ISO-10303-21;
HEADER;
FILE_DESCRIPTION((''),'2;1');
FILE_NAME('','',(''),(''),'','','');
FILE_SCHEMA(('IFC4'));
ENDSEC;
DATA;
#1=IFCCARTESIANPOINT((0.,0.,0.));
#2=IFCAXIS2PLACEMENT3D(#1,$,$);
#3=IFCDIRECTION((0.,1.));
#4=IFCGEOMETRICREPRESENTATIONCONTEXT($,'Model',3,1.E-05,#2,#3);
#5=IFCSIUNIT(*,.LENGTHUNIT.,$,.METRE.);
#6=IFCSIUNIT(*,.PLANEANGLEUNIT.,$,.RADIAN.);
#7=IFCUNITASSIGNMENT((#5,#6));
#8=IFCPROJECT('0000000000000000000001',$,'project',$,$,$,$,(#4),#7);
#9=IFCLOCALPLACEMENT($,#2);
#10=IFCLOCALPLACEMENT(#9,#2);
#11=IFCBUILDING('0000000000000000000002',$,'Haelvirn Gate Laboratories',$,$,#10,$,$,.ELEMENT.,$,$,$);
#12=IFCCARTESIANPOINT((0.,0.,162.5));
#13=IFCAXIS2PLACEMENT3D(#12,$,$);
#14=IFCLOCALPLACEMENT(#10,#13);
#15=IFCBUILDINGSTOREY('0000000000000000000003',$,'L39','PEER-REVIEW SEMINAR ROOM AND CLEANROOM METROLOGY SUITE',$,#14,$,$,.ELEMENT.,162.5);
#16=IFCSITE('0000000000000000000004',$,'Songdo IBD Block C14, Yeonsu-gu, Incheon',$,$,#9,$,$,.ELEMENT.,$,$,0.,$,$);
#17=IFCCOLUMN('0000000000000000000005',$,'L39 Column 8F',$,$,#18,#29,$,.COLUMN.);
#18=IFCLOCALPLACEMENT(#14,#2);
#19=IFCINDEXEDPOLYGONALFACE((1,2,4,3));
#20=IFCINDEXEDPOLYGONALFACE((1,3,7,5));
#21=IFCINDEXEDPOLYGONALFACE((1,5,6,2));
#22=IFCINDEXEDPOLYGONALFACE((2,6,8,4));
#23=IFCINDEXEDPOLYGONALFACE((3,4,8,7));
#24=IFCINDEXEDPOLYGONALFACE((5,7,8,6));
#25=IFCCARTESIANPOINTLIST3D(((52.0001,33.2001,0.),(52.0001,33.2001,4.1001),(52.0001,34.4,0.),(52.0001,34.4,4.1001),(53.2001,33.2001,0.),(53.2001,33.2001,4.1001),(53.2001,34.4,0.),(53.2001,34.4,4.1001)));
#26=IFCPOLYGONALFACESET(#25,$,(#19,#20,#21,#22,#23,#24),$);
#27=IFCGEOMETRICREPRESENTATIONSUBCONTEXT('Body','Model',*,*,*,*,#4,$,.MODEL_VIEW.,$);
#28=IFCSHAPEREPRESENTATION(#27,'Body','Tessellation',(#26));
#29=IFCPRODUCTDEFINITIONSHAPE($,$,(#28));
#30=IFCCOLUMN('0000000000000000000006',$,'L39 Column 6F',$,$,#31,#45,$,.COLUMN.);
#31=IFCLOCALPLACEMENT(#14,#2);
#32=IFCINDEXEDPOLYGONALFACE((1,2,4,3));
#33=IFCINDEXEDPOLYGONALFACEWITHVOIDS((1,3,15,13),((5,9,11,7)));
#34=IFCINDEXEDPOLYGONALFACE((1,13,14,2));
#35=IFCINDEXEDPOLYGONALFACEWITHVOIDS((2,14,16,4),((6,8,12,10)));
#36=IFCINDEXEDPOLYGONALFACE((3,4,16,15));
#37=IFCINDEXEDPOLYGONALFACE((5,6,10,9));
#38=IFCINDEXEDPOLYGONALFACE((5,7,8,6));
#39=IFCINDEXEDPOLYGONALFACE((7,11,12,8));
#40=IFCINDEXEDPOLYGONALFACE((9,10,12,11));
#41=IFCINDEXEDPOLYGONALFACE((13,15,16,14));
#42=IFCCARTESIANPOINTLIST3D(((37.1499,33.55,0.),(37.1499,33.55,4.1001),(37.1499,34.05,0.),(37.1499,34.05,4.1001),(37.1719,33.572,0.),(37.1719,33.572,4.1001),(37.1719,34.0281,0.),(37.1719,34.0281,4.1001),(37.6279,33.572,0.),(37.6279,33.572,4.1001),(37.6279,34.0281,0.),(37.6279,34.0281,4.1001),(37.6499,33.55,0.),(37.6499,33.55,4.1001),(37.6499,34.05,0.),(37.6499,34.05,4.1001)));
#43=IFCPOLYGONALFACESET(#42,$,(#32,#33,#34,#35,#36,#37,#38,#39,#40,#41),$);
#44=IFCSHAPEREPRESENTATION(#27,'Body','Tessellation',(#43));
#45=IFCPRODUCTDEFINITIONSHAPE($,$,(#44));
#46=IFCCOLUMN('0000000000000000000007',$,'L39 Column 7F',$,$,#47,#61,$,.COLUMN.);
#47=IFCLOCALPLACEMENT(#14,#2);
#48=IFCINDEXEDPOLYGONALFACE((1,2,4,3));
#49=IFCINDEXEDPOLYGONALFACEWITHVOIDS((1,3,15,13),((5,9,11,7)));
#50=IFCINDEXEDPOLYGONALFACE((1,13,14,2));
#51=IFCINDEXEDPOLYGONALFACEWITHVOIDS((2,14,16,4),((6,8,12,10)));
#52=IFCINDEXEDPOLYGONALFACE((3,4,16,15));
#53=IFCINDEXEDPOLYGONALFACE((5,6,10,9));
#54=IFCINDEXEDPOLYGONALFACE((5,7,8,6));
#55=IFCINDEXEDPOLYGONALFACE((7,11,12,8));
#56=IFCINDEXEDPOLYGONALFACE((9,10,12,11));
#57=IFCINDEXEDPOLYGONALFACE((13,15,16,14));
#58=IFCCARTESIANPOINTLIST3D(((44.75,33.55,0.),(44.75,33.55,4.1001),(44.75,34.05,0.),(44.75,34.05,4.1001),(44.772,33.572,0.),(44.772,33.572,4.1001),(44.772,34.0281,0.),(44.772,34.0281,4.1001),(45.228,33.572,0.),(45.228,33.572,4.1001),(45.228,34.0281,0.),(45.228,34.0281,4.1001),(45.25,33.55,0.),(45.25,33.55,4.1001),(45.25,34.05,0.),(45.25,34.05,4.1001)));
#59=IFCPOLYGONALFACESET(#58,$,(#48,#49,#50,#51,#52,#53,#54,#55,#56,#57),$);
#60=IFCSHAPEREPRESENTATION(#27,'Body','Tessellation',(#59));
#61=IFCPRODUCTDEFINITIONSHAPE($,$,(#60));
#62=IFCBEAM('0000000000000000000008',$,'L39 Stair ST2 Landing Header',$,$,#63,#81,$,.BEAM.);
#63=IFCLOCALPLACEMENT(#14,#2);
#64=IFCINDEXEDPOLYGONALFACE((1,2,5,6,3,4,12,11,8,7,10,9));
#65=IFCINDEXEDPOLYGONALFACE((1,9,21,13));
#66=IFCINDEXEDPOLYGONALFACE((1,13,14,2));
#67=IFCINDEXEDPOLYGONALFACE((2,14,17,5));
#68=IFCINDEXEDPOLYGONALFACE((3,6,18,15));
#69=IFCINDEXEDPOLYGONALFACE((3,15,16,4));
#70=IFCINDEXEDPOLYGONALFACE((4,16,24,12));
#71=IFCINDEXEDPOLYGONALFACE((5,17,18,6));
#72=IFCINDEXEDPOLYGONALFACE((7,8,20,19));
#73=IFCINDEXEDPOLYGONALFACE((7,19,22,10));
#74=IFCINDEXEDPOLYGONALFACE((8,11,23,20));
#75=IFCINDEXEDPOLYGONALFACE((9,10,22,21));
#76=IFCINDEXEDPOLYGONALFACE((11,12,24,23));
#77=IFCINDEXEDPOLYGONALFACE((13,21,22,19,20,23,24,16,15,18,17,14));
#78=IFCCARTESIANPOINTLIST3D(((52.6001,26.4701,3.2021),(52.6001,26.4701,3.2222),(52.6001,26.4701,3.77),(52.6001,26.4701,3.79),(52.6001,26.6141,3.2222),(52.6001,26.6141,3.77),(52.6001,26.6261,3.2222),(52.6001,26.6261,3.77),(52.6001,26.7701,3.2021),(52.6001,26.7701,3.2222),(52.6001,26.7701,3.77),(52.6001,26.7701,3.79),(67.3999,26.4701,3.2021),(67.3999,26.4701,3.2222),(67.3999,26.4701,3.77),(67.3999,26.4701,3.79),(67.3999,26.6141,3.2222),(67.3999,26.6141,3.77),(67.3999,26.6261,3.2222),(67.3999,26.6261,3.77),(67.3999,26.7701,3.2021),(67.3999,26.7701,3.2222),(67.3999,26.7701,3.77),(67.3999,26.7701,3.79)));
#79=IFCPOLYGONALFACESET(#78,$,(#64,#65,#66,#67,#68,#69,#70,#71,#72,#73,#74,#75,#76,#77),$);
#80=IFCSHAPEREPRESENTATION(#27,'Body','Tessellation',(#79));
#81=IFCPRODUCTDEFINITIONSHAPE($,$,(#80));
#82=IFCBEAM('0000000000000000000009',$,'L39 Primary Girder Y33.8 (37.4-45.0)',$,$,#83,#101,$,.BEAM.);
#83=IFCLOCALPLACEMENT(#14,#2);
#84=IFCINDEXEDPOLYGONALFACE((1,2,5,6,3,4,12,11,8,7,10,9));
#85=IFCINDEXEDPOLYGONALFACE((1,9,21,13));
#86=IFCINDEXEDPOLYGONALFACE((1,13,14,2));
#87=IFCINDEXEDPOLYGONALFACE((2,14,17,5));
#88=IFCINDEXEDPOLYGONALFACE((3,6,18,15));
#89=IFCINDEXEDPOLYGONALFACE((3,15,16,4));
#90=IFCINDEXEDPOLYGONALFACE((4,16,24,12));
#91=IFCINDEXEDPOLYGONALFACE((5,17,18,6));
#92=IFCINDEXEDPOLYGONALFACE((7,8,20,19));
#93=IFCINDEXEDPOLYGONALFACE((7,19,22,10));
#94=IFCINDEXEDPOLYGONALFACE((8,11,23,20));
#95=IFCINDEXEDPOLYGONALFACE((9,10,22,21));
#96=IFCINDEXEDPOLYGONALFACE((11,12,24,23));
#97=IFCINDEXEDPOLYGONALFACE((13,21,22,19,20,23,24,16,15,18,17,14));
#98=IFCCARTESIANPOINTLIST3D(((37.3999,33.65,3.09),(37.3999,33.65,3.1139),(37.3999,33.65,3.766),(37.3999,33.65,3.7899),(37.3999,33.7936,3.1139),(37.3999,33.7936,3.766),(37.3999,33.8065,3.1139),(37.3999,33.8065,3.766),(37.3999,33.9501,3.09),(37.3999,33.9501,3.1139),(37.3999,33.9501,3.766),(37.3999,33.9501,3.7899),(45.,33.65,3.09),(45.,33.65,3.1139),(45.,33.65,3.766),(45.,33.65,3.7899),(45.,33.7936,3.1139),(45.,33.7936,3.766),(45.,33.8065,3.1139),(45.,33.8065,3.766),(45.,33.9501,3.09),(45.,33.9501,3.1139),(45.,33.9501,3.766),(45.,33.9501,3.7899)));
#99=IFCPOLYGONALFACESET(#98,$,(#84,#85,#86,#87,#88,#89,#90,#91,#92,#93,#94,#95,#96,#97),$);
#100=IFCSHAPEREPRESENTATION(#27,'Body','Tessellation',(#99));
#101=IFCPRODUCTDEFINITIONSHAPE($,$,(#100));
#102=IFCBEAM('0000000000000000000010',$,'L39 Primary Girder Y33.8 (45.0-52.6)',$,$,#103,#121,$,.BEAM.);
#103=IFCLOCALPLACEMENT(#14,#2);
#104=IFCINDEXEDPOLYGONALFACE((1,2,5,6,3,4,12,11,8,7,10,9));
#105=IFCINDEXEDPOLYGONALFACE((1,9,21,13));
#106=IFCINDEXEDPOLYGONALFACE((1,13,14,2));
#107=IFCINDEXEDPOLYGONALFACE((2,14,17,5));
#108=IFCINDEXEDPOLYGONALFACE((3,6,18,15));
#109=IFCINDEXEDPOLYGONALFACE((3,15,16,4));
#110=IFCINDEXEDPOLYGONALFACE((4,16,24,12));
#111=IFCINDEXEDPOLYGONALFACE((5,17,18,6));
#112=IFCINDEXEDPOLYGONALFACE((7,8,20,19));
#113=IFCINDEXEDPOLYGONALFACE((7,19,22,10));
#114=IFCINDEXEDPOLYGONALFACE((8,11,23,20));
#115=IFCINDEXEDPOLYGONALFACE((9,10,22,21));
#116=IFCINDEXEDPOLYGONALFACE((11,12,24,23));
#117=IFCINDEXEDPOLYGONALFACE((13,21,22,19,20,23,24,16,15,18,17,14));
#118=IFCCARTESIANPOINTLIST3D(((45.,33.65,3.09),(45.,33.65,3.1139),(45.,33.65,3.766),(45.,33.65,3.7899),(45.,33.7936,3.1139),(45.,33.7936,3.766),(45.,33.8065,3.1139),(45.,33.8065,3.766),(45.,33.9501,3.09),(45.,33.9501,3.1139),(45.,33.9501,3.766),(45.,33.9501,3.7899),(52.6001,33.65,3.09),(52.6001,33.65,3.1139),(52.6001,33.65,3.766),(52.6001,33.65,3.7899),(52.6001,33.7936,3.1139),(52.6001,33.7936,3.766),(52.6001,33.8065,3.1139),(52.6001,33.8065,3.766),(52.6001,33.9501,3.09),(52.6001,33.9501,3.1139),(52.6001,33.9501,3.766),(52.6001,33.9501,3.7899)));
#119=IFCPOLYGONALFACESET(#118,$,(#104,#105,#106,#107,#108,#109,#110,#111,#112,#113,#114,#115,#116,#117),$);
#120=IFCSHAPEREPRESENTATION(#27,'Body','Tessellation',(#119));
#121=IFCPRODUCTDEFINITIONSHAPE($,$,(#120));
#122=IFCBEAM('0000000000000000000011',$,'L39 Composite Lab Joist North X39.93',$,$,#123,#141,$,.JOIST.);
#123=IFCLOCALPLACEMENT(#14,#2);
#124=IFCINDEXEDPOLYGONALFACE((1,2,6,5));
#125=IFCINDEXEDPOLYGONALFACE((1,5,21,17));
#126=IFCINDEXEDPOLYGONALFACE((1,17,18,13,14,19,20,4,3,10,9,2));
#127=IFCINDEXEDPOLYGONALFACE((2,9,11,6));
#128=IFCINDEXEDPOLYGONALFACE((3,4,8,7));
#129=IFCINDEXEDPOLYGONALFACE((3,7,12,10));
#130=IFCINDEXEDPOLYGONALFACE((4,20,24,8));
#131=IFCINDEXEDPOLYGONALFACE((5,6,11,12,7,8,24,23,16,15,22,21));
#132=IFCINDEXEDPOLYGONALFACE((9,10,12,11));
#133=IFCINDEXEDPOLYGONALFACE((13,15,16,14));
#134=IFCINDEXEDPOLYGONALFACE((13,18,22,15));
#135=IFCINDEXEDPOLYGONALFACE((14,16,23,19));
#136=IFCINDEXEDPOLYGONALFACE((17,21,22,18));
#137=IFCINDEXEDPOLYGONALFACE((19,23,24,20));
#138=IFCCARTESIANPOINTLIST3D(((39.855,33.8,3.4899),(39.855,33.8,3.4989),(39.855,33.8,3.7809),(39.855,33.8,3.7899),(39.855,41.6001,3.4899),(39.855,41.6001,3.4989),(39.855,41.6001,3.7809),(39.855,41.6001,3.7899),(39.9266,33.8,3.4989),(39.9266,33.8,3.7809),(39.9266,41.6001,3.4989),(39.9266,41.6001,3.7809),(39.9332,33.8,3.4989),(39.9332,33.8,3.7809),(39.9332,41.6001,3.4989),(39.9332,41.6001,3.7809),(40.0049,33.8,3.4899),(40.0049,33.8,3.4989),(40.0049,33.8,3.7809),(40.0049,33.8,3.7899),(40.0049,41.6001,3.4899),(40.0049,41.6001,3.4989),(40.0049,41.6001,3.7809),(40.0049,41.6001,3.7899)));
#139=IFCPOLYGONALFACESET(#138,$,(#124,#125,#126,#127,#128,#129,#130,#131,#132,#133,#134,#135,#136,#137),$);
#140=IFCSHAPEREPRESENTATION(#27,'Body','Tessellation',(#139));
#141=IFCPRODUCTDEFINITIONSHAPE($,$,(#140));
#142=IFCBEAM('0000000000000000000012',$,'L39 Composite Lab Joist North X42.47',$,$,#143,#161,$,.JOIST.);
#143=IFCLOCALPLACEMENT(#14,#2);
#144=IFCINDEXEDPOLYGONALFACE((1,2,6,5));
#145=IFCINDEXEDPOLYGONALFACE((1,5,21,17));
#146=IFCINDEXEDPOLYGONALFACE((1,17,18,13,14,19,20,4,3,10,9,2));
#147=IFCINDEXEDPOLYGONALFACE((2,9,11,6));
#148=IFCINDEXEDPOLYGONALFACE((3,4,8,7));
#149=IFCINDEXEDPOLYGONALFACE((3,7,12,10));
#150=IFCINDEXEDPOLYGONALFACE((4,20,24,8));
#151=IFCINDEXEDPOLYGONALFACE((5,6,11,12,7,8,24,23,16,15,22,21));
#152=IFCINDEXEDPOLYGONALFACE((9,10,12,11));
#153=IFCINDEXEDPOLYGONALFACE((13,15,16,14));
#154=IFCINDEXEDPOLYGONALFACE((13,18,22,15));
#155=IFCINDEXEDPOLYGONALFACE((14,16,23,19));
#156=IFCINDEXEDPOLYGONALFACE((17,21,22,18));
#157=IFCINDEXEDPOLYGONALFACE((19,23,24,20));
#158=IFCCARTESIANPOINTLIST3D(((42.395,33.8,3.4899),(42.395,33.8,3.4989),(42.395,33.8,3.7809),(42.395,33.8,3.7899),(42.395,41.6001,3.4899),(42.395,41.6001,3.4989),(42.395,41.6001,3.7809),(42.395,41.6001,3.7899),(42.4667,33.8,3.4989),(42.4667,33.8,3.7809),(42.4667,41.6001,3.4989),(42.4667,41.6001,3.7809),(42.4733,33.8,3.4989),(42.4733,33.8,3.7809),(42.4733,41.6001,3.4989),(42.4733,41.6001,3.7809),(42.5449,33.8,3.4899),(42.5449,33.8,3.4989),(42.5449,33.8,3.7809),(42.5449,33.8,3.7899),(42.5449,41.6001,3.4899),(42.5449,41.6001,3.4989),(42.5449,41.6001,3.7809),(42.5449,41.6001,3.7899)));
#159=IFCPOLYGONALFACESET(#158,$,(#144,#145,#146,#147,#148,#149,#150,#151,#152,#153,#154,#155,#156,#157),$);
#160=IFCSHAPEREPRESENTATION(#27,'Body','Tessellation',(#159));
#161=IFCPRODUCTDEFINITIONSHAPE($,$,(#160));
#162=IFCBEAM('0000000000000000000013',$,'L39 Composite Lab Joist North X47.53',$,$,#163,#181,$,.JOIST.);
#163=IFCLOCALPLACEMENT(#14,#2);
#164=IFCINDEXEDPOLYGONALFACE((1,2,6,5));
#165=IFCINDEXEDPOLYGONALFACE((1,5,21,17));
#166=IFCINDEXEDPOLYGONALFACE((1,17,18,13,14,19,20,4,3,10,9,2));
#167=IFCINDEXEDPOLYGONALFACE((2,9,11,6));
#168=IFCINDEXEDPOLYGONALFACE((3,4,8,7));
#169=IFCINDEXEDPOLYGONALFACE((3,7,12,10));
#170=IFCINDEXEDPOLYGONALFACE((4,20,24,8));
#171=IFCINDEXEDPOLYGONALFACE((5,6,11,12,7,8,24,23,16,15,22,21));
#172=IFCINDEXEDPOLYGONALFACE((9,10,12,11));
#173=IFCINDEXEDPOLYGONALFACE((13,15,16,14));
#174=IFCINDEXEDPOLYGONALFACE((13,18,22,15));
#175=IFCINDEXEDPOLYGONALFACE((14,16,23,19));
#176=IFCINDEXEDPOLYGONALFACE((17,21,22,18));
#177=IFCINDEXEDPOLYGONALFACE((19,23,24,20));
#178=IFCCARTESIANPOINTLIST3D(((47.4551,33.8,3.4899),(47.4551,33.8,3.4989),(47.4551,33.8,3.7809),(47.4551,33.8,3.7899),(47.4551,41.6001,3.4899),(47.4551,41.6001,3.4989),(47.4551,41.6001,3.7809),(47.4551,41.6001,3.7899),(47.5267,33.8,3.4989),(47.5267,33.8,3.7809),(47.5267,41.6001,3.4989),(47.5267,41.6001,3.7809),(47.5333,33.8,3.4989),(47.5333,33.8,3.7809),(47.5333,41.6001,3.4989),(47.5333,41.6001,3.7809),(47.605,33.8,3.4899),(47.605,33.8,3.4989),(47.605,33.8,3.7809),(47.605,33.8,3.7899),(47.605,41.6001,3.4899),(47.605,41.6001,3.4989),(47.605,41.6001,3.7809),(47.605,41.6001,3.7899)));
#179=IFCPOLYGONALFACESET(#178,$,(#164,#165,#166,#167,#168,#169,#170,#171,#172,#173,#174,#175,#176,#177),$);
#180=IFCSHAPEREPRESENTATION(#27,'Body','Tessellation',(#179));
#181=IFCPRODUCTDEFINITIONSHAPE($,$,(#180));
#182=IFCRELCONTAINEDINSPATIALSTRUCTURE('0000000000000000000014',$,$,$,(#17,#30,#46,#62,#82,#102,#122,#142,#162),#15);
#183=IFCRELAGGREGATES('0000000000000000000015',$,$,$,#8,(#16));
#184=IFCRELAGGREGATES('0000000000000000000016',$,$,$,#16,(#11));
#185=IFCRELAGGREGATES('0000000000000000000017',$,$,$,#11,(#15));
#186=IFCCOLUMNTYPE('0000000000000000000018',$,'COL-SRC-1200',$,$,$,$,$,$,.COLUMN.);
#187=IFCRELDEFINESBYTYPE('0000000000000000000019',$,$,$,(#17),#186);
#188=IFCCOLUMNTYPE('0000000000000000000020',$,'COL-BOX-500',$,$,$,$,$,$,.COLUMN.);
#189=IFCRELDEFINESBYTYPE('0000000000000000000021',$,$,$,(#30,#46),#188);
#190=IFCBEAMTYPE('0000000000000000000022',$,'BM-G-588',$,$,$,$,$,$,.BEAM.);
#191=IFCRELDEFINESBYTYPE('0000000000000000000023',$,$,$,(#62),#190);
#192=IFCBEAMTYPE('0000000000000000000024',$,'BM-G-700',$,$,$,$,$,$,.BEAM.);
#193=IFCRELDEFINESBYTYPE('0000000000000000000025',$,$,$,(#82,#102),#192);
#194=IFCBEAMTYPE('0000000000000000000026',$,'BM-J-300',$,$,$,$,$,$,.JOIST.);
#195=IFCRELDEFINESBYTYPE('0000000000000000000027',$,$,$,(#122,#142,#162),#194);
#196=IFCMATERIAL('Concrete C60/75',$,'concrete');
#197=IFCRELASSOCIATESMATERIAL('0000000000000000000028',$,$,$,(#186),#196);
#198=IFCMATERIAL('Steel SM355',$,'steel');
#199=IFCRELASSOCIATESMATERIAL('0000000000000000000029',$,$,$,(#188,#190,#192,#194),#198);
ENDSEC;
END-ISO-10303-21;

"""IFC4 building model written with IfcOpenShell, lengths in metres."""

from ifc_helpers import new_model, si_unit, direction, frame, origin, origin_2d, place, context, subcontext, project, spatial, rectangle, hollow_rectangle, i_section, extrude, source, transform, mapped, material, material_profile, profile_set, type_object, type_shapes, element, save


model = new_model("IFC4")

# Units and contexts
model_context = context("Model", 3, precision=1e-05, world=origin(), true_north=direction((0.0, 1.0)))
body_context = subcontext(model_context, "Body", "Model", "MODEL_VIEW")
ifc_project = project(units=[si_unit("LENGTHUNIT", "METRE"), si_unit("PLANEANGLEUNIT", "RADIAN")], contexts=[model_context])

# Site, building, storey
site_placement = place(None, origin())
site = spatial("IfcSite", under=ifc_project, at=site_placement, Name="Songdo IBD Block C14, Yeonsu-gu, Incheon", CompositionType="ELEMENT", RefElevation=0.0)
building_placement = place(site_placement, origin())
building = spatial("IfcBuilding", under=site, at=building_placement, Name="Haelvirn Gate Laboratories", CompositionType="ELEMENT")
storey_placement = place(building_placement, frame((0.0, 0.0, 162.5)))
storey = spatial("IfcBuildingStorey", under=building, at=storey_placement, Name="L39", Description="PEER-REVIEW SEMINAR ROOM AND CLEANROOM METROLOGY SUITE", CompositionType="ELEMENT", Elevation=162.5)

# Columns
ifc_material_1 = material(Name="Concrete C60/75", Category="concrete")
ifc_material_profile_1 = material_profile(ifc_material_1, rectangle(XDim=1.2, YDim=1.2, at=origin_2d()), Name="SRC-1200x1200")
ifc_profile_set_1 = profile_set([ifc_material_profile_1], Name="Concrete C60/75")
column_type_1 = type_object("IfcColumnType", Name="COL-SRC-1200", PredefinedType="COLUMN", material=ifc_profile_set_1)
shared_shape_1 = source(origin(), body_context, "Body", "SweptSolid", [
    extrude(rectangle(XDim=1.2, YDim=1.2, at=origin_2d()), origin(), (0.0, 0.0, 1.0), 4.1001),
])
type_shapes(column_type_1, [shared_shape_1])
column_placement = place(storey_placement, frame((52.6001, 33.8, 0.0), z_axis=(0.0, 0.0, 1.0), x_axis=(1.0, 0.0, 0.0)))
element("IfcColumn", 1, at=column_placement, inside=storey, type_object=column_type_1, Name="L39 Column 8F", PredefinedType="COLUMN", context=body_context, shape_type="MappedRepresentation", body=[
    mapped(shared_shape_1, transform((0.0, 0.0, 0.0), scale=1.0)),
])
ifc_material_2 = material(Name="Steel SM355", Category="steel")
ifc_material_profile_2 = material_profile(ifc_material_2, hollow_rectangle(XDim=0.5, YDim=0.5, WallThickness=0.022, at=origin_2d()), Name="BOX-500x500x22")
ifc_profile_set_2 = profile_set([ifc_material_profile_2], Name="Steel SM355")
column_type_2 = type_object("IfcColumnType", Name="COL-BOX-500", PredefinedType="COLUMN", material=ifc_profile_set_2)
shared_shape_2 = source(origin(), body_context, "Body", "SweptSolid", [
    extrude(hollow_rectangle(XDim=0.5, YDim=0.5, WallThickness=0.022, at=origin_2d()), origin(), (0.0, 0.0, 1.0), 4.1001),
])
type_shapes(column_type_2, [shared_shape_2])
for number, where, z_axis, x_axis, name in (
    (2, (37.3999, 33.8, 0.0), (0.0, 0.0, 1.0), (1.0, 0.0, 0.0), "L39 Column 6F"),
    (3, (45.0, 33.8, 0.0), (0.0, 0.0, 1.0), (1.0, 0.0, 0.0), "L39 Column 7F"),
):
    element("IfcColumn", number, at=place(storey_placement, frame(where, z_axis=z_axis, x_axis=x_axis)), inside=storey, type_object=column_type_2, Name=name, PredefinedType="COLUMN", context=body_context, shape_type="MappedRepresentation", body=[
        mapped(shared_shape_2, transform((0.0, 0.0, 0.0), scale=1.0)),
    ])

# Beams
ifc_material_profile_3 = material_profile(ifc_material_2, i_section(OverallWidth=0.3, OverallDepth=0.5879, WebThickness=0.012, FlangeThickness=0.02, at=origin_2d()), Name="H-588x300x12x20")
ifc_profile_set_3 = profile_set([ifc_material_profile_3], Name="Steel SM355")
beam_type_1 = type_object("IfcBeamType", Name="BM-G-588", PredefinedType="BEAM", material=ifc_profile_set_3)
shared_shape_3 = source(origin(), body_context, "Body", "SweptSolid", [
    extrude(i_section(OverallWidth=0.3, OverallDepth=0.5879, WebThickness=0.012, FlangeThickness=0.02, at=origin_2d()), origin(), (0.0, 0.0, 1.0), 14.7998),
])
beam_1_placement = place(storey_placement, frame((52.6001, 26.6201, 3.4961), z_axis=(1.0, 0.0, 0.0), x_axis=(0.0, 1.0, 0.0)))
element("IfcBeam", 4, at=beam_1_placement, inside=storey, type_object=beam_type_1, Name="L39 Stair ST2 Landing Header", PredefinedType="BEAM", context=body_context, shape_type="MappedRepresentation", body=[
    mapped(shared_shape_3, transform((0.0, 0.0, 0.0), scale=1.0)),
])
ifc_material_profile_4 = material_profile(ifc_material_2, i_section(OverallWidth=0.3, OverallDepth=0.7, WebThickness=0.0129, FlangeThickness=0.0239, at=origin_2d()), Name="H-700x300x13x24")
ifc_profile_set_4 = profile_set([ifc_material_profile_4], Name="Steel SM355")
beam_type_2 = type_object("IfcBeamType", Name="BM-G-700", PredefinedType="BEAM", material=ifc_profile_set_4)
shared_shape_4 = source(origin(), body_context, "Body", "SweptSolid", [
    extrude(i_section(OverallWidth=0.3, OverallDepth=0.7, WebThickness=0.0129, FlangeThickness=0.0239, at=origin_2d()), origin(), (0.0, 0.0, 1.0), 7.6001),
])
type_shapes(beam_type_2, [shared_shape_4])
for number, where, z_axis, x_axis, name in (
    (5, (37.3999, 33.8, 3.4399), (1.0, 0.0, 0.0), (0.0, 1.0, 0.0), "L39 Primary Girder Y33.8 (37.4-45.0)"),
    (6, (45.0, 33.8, 3.4399), (1.0, 0.0, 0.0), (0.0, 1.0, 0.0), "L39 Primary Girder Y33.8 (45.0-52.6)"),
):
    element("IfcBeam", number, at=place(storey_placement, frame(where, z_axis=z_axis, x_axis=x_axis)), inside=storey, type_object=beam_type_2, Name=name, PredefinedType="BEAM", context=body_context, shape_type="MappedRepresentation", body=[
        mapped(shared_shape_4, transform((0.0, 0.0, 0.0), scale=1.0)),
    ])
ifc_material_profile_5 = material_profile(ifc_material_2, i_section(OverallWidth=0.1499, OverallDepth=0.3, WebThickness=0.0066, FlangeThickness=0.009, at=origin_2d()), Name="H-300x150x6.5x9")
ifc_profile_set_5 = profile_set([ifc_material_profile_5], Name="Steel SM355")
beam_type_3 = type_object("IfcBeamType", Name="BM-J-300", PredefinedType="JOIST", material=ifc_profile_set_5)
shared_shape_5 = source(origin(), body_context, "Body", "SweptSolid", [
    extrude(i_section(OverallWidth=0.1499, OverallDepth=0.3, WebThickness=0.0066, FlangeThickness=0.009, at=origin_2d()), origin(), (0.0, 0.0, 1.0), 7.8),
])
type_shapes(beam_type_3, [shared_shape_5])
for number, where, z_axis, x_axis, name in (
    (7, (39.9299, 33.8, 3.6399), (0.0, 1.0, 0.0), (-1.0, 0.0, 0.0), "L39 Composite Lab Joist North X39.93"),
    (8, (42.47, 33.8, 3.6399), (0.0, 1.0, 0.0), (-1.0, 0.0, 0.0), "L39 Composite Lab Joist North X42.47"),
    (9, (47.53, 33.8, 3.6399), (0.0, 1.0, 0.0), (-1.0, 0.0, 0.0), "L39 Composite Lab Joist North X47.53"),
):
    element("IfcBeam", number, at=place(storey_placement, frame(where, z_axis=z_axis, x_axis=x_axis)), inside=storey, type_object=beam_type_3, Name=name, PredefinedType="JOIST", context=body_context, shape_type="MappedRepresentation", body=[
        mapped(shared_shape_5, transform((0.0, 0.0, 0.0), scale=1.0)),
    ])

save(model, "model.ifc")
